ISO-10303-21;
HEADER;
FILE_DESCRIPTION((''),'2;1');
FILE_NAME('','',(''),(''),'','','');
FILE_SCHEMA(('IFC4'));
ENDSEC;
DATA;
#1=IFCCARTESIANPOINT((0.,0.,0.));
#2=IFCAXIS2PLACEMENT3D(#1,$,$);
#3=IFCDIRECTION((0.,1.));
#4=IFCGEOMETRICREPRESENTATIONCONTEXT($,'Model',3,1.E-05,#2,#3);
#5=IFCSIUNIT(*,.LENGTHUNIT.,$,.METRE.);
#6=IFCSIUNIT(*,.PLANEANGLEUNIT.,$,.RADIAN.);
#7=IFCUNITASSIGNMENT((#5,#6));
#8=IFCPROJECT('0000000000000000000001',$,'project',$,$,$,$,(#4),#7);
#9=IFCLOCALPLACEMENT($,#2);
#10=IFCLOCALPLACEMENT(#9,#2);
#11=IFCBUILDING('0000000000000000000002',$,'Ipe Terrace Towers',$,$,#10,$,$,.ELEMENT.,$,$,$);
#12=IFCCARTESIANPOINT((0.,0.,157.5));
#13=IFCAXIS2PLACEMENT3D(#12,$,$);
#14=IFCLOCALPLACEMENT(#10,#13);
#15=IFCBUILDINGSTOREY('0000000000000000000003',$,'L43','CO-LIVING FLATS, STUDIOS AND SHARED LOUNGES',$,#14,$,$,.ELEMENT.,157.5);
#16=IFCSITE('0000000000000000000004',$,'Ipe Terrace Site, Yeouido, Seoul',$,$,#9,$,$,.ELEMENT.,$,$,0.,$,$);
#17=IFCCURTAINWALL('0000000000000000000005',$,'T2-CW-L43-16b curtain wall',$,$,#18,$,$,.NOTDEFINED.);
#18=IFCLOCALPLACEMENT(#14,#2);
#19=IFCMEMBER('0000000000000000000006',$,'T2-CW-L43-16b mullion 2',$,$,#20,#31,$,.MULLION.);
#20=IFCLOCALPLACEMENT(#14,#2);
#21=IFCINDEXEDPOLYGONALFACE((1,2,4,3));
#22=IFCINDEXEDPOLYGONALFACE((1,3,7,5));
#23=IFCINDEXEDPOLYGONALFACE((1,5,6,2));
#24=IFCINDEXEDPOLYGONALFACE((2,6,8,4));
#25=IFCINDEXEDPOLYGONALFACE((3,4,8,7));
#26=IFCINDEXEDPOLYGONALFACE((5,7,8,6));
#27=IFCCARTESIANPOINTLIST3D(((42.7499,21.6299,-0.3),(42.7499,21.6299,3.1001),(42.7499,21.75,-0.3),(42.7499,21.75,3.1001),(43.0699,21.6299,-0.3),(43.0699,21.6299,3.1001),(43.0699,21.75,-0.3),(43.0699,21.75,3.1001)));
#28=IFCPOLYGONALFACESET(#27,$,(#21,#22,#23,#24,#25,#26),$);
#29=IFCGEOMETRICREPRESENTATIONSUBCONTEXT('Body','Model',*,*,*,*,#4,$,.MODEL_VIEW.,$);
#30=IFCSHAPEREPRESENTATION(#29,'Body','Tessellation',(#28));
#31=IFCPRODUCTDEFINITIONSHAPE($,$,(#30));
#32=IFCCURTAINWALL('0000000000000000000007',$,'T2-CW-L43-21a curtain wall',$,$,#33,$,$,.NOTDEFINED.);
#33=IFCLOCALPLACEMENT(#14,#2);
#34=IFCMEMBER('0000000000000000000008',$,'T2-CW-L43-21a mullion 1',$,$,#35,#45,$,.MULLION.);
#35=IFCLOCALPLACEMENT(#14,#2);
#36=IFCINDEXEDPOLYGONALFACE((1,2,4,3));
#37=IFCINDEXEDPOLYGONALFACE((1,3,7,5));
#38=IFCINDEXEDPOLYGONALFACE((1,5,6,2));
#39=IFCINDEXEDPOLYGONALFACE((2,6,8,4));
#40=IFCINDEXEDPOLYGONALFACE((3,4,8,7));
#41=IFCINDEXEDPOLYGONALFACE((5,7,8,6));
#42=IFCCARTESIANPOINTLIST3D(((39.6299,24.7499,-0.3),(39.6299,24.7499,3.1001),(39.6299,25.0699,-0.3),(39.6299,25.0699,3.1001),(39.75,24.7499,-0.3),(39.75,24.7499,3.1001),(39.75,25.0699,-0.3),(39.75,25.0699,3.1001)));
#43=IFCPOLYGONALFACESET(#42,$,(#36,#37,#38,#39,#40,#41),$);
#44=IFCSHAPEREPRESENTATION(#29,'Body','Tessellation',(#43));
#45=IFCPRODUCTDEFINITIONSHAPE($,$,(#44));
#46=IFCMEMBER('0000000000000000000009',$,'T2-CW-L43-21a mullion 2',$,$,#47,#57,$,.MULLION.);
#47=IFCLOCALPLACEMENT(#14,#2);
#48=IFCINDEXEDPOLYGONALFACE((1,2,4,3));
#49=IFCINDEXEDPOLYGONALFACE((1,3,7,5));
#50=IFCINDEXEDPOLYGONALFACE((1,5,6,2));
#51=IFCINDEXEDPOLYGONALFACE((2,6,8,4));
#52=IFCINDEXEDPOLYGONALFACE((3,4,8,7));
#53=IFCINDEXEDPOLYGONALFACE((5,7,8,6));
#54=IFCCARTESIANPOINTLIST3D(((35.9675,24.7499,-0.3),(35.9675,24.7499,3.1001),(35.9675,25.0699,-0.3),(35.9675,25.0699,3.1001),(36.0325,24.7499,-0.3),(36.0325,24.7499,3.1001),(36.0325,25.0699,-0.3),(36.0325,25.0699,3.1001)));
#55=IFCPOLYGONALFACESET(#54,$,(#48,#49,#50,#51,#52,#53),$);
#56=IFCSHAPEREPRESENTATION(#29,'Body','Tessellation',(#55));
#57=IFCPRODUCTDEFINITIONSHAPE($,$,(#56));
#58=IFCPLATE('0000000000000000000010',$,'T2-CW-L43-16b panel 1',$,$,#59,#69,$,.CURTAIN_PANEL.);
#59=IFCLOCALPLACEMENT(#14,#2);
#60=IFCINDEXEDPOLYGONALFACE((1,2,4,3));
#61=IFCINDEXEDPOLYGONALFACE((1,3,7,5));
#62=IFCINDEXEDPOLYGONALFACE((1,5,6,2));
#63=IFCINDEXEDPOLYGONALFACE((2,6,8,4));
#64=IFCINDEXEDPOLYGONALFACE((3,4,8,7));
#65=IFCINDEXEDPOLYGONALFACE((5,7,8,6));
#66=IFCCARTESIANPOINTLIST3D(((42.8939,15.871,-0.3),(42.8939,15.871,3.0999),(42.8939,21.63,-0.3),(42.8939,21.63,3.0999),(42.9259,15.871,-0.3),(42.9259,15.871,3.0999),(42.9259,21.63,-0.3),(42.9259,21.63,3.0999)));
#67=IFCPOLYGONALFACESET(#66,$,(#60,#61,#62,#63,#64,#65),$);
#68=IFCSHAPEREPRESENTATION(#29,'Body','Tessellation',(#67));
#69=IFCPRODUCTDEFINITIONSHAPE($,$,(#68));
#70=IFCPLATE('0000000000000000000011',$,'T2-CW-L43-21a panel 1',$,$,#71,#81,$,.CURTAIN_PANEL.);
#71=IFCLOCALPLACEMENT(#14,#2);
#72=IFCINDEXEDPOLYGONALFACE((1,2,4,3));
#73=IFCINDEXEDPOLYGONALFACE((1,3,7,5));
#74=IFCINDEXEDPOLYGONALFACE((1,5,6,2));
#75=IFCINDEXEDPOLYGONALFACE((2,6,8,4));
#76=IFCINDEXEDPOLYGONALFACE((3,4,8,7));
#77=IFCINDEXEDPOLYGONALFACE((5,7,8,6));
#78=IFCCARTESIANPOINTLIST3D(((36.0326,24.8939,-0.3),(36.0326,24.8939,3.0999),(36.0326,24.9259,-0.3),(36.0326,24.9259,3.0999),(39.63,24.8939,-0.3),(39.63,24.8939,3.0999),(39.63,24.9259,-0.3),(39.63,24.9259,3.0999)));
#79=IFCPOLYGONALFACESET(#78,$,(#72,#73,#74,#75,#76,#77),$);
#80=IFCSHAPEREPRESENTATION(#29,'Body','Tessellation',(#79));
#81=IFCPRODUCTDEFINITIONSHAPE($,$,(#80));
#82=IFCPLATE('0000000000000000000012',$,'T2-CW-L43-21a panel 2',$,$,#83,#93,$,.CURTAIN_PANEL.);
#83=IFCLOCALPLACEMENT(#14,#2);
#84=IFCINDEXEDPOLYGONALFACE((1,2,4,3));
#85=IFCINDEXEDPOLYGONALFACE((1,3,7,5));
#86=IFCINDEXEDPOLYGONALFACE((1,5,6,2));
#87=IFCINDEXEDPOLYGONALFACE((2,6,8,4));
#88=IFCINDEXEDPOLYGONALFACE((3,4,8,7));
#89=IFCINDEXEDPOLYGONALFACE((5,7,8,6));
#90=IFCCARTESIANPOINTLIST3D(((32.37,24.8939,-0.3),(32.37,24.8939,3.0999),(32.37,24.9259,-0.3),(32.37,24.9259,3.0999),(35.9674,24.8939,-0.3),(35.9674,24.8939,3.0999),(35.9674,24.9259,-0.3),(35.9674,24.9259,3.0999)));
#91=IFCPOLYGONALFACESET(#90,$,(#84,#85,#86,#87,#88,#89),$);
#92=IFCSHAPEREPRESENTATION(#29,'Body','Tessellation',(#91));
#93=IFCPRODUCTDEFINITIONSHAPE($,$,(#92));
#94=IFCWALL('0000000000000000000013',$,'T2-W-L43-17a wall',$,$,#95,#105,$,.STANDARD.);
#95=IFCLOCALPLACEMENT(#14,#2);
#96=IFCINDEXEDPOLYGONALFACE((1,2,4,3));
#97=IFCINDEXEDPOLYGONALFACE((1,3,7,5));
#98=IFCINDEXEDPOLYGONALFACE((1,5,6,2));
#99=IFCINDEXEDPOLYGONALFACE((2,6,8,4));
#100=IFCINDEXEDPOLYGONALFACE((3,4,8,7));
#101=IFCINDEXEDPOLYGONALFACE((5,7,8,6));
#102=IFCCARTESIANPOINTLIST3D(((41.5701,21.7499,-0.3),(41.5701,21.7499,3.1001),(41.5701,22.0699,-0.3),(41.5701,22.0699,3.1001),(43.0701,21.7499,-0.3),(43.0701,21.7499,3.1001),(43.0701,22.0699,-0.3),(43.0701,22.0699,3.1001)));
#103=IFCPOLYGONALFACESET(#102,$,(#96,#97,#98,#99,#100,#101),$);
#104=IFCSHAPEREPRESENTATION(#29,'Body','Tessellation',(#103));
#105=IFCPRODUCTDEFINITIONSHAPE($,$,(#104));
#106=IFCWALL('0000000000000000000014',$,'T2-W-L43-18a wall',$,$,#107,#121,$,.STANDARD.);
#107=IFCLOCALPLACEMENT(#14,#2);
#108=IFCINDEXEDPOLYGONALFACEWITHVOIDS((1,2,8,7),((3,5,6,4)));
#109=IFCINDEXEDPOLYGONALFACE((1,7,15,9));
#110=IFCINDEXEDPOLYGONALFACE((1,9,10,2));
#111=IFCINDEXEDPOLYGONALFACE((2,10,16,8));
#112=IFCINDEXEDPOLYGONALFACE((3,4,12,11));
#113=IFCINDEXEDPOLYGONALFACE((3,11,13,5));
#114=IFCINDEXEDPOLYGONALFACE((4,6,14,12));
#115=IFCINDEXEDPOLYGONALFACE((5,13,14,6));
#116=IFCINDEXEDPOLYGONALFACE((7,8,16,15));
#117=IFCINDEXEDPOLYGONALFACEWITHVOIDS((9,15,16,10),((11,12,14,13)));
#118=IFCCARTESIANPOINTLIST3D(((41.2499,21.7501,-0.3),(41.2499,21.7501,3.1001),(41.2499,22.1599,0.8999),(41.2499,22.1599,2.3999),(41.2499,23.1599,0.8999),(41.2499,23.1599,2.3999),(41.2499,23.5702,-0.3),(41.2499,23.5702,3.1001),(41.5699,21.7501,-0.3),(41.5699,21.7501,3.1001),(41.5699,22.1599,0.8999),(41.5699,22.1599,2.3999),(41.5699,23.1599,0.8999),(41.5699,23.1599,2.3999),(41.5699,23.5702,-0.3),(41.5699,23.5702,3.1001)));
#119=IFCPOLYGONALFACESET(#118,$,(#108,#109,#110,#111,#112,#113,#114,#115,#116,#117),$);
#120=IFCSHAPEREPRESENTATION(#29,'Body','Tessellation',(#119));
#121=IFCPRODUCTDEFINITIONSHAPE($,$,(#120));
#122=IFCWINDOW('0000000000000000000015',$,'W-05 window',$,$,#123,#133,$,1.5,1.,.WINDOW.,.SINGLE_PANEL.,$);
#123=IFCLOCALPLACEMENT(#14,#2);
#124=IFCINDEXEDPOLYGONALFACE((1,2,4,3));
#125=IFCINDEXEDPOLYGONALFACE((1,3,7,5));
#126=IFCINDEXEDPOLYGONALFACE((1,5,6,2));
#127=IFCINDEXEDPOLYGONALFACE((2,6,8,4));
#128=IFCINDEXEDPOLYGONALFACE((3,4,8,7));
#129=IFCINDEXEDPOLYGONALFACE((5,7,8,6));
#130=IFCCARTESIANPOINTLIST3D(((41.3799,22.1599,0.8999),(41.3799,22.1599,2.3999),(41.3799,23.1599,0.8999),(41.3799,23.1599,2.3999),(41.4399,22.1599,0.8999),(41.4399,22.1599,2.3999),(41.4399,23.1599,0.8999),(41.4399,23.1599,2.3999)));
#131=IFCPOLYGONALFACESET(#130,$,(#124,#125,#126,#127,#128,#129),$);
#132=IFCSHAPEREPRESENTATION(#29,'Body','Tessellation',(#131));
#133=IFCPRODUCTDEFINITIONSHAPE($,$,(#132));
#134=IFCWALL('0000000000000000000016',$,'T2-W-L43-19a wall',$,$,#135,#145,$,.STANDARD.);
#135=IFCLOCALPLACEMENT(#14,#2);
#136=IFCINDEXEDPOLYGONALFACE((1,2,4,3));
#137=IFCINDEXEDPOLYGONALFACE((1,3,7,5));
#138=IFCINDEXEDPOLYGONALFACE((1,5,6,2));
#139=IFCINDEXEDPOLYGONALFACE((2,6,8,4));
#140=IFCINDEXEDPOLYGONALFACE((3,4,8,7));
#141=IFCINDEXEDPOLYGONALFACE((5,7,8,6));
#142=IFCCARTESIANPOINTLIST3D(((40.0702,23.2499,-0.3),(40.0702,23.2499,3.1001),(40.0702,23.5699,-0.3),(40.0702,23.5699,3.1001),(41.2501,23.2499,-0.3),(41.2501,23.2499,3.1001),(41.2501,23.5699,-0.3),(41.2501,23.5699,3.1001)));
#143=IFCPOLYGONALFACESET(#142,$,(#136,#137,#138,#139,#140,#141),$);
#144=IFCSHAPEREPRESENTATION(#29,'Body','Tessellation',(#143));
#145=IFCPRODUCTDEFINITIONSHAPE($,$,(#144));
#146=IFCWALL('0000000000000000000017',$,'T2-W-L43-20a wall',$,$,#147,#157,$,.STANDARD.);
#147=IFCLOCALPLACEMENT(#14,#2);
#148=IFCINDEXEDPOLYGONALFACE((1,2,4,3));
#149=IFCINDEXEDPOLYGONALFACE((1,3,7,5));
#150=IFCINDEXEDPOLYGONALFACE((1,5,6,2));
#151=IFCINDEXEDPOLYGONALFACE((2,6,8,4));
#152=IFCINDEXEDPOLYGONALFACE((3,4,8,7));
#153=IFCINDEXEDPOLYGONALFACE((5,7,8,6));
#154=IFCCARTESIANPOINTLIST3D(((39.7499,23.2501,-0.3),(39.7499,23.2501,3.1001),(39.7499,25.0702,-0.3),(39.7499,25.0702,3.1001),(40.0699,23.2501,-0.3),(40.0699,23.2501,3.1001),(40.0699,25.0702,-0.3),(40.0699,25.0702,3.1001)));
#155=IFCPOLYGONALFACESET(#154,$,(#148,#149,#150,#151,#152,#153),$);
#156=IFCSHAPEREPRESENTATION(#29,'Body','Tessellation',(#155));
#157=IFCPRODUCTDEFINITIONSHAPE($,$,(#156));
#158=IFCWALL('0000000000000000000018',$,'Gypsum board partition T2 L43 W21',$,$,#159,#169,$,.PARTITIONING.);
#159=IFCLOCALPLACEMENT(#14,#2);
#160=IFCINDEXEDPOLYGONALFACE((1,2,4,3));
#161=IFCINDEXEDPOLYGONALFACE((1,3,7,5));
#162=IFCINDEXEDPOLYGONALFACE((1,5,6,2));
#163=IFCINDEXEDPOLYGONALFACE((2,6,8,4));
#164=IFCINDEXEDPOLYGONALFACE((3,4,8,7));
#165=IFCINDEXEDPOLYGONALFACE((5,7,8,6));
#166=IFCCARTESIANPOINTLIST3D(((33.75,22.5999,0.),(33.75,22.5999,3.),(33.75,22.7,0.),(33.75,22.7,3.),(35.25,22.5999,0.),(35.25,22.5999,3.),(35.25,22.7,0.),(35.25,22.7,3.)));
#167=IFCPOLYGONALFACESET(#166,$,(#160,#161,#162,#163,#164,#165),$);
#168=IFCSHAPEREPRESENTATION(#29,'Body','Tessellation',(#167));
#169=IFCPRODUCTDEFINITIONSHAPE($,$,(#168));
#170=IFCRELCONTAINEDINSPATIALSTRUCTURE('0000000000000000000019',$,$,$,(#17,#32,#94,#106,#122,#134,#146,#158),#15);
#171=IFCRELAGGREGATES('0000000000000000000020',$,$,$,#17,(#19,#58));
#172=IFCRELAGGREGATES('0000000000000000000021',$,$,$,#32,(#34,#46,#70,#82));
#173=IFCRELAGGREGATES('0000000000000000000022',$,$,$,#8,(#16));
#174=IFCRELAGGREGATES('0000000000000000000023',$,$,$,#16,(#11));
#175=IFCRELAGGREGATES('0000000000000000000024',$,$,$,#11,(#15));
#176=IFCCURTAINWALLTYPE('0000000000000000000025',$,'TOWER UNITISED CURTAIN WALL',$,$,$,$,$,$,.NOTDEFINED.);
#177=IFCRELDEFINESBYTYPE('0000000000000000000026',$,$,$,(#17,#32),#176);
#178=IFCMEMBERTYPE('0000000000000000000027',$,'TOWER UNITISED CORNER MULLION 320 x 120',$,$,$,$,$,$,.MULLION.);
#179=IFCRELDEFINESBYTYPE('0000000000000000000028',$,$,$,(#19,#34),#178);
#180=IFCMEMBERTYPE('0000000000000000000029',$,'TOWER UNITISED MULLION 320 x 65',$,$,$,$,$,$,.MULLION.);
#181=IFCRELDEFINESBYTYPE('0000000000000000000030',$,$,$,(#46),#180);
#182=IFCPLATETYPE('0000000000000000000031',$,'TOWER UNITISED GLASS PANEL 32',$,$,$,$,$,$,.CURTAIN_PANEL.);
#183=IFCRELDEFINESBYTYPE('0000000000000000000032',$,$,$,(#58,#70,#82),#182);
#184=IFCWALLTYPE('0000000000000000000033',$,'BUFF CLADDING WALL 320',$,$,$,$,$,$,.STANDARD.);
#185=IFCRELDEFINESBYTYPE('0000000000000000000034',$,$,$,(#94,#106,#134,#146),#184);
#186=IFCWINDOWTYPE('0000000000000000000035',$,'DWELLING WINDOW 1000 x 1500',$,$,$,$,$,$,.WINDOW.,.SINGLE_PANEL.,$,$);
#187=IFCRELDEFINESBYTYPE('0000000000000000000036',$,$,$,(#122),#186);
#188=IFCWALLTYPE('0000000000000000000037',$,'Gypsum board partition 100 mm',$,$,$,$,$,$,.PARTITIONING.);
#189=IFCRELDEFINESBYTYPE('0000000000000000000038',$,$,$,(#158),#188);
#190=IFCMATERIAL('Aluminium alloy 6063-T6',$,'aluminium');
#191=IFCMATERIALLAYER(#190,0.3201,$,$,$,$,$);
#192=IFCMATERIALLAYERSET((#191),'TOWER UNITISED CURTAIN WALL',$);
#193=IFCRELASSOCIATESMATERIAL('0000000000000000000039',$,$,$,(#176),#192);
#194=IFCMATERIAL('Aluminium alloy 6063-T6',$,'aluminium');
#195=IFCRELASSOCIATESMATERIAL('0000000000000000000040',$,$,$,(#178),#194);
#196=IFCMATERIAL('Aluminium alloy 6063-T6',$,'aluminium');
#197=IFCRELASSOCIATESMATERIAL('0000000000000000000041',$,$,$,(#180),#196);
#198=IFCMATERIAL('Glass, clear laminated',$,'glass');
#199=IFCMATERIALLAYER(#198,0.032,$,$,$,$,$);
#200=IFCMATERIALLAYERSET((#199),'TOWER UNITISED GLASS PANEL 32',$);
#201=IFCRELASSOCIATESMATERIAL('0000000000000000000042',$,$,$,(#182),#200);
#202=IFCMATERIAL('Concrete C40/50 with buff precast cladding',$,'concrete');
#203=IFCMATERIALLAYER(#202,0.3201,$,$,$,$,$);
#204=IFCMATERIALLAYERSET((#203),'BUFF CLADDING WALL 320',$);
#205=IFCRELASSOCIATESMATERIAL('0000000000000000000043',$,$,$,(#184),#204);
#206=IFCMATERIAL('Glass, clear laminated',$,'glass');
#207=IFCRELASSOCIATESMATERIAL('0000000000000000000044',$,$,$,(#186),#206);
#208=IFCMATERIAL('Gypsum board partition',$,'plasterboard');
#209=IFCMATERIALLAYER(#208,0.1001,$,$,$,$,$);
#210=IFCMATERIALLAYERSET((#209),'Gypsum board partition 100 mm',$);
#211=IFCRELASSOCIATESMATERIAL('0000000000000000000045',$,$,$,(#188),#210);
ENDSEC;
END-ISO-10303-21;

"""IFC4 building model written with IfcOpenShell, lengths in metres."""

from ifc_helpers import new_model, si_unit, direction, frame, frame_2d, origin, origin_2d, place, context, subcontext, project, spatial, rectangle, extrude, material, layer, layer_set, material_profile, profile_set, type_object, element, fill, aggregate, save


model = new_model("IFC4")

# Units and contexts
model_context = context("Model", 3, precision=1e-05, world=origin(), true_north=direction((0.0, 1.0)))
body_context = subcontext(model_context, "Body", "Model", "MODEL_VIEW")
ifc_project = project(units=[si_unit("LENGTHUNIT", "METRE"), si_unit("PLANEANGLEUNIT", "RADIAN")], contexts=[model_context])

# Site, building, storey
site_placement = place(None, origin())
site = spatial("IfcSite", under=ifc_project, at=site_placement, Name="Ipe Terrace Site, Yeouido, Seoul", CompositionType="ELEMENT", RefElevation=0.0)
building_placement = place(site_placement, origin())
building = spatial("IfcBuilding", under=site, at=building_placement, Name="Ipe Terrace Towers", CompositionType="ELEMENT")
storey_placement = place(building_placement, frame((0.0, 0.0, 157.5)))
storey = spatial("IfcBuildingStorey", under=building, at=storey_placement, Name="L43", Description="CO-LIVING FLATS, STUDIOS AND SHARED LOUNGES", CompositionType="ELEMENT", Elevation=157.5)

# Curtain walls, members
ifc_material_1 = material(Name="Aluminium alloy 6063-T6", Category="aluminium")
ifc_layer_1 = layer(ifc_material_1, 0.3201)
ifc_layer_set_1 = layer_set([ifc_layer_1], Name="TOWER UNITISED CURTAIN WALL")
curtain_wall_type = type_object("IfcCurtainWallType", Name="TOWER UNITISED CURTAIN WALL", PredefinedType="NOTDEFINED", material=ifc_layer_set_1)
curtain_wall_1_placement = place(storey_placement, origin())
curtain_wall_1 = element("IfcCurtainWall", 1, at=curtain_wall_1_placement, inside=storey, type_object=curtain_wall_type, Name="T2-CW-L43-16b curtain wall", PredefinedType="NOTDEFINED")
ifc_material_2 = material(Name="Aluminium alloy 6063-T6", Category="aluminium")
ifc_material_profile_1 = material_profile(ifc_material_2, rectangle(XDim=0.3201, YDim=0.1201, at=origin_2d()), Name="TOWER UNITISED CORNER MULLION 320 x 120")
ifc_profile_set_1 = profile_set([ifc_material_profile_1], Name="Aluminium alloy 6063-T6")
member_type_1 = type_object("IfcMemberType", Name="TOWER UNITISED CORNER MULLION 320 x 120", PredefinedType="MULLION", material=ifc_profile_set_1)
member_1_placement = place(storey_placement, frame((42.9099, 21.6899, -0.3), z_axis=(0.0, 0.0, 1.0), x_axis=(1.0, 0.0, 0.0)))
member_1 = element("IfcMember", 2, at=member_1_placement, type_object=member_type_1, Name="T2-CW-L43-16b mullion 2", PredefinedType="MULLION", context=body_context, shape_type="SweptSolid", body=[
    extrude(rectangle(XDim=0.3201, YDim=0.1201, at=origin_2d()), origin(), (0.0, 0.0, 1.0), 3.4001),
])
curtain_wall_2_placement = place(storey_placement, origin())
curtain_wall_2 = element("IfcCurtainWall", 3, at=curtain_wall_2_placement, inside=storey, type_object=curtain_wall_type, Name="T2-CW-L43-21a curtain wall", PredefinedType="NOTDEFINED")
member_2_placement = place(storey_placement, frame((39.6899, 24.9099, -0.3), z_axis=(0.0, 0.0, 1.0), x_axis=(0.0, 1.0, 0.0)))
member_2 = element("IfcMember", 4, at=member_2_placement, type_object=member_type_1, Name="T2-CW-L43-21a mullion 1", PredefinedType="MULLION", context=body_context, shape_type="SweptSolid", body=[
    extrude(rectangle(XDim=0.3201, YDim=0.1201, at=origin_2d()), origin(), (0.0, 0.0, 1.0), 3.4001),
])
ifc_material_3 = material(Name="Aluminium alloy 6063-T6", Category="aluminium")
ifc_material_profile_2 = material_profile(ifc_material_3, rectangle(XDim=0.3201, YDim=0.0649, at=origin_2d()), Name="TOWER UNITISED MULLION 320 x 65")
ifc_profile_set_2 = profile_set([ifc_material_profile_2], Name="Aluminium alloy 6063-T6")
member_type_2 = type_object("IfcMemberType", Name="TOWER UNITISED MULLION 320 x 65", PredefinedType="MULLION", material=ifc_profile_set_2)
member_3_placement = place(storey_placement, frame((36.0, 24.9099, -0.3), z_axis=(0.0, 0.0, 1.0), x_axis=(0.0, 1.0, 0.0)))
member_3 = element("IfcMember", 5, at=member_3_placement, type_object=member_type_2, Name="T2-CW-L43-21a mullion 2", PredefinedType="MULLION", context=body_context, shape_type="SweptSolid", body=[
    extrude(rectangle(XDim=0.3201, YDim=0.0649, at=origin_2d()), origin(), (0.0, 0.0, 1.0), 3.4001),
])

# Plates
ifc_material_4 = material(Name="Glass, clear laminated", Category="glass")
ifc_layer_2 = layer(ifc_material_4, 0.032)
ifc_layer_set_2 = layer_set([ifc_layer_2], Name="TOWER UNITISED GLASS PANEL 32")
plate_type = type_object("IfcPlateType", Name="TOWER UNITISED GLASS PANEL 32", PredefinedType="CURTAIN_PANEL", material=ifc_layer_set_2)
plate_1_placement = place(storey_placement, frame((42.9099, 18.7505, -0.3), z_axis=(0.0, 0.0, 1.0), x_axis=(0.0, 1.0, 0.0)))
plate_1 = element("IfcPlate", 6, at=plate_1_placement, type_object=plate_type, Name="T2-CW-L43-16b panel 1", PredefinedType="CURTAIN_PANEL", context=body_context, shape_type="SweptSolid", body=[
    extrude(rectangle(XDim=5.759, YDim=0.032, at=origin_2d()), origin(), (0.0, 0.0, 1.0), 3.3999),
])
aggregate(curtain_wall_1, [member_1, plate_1])
plate_2_placement = place(storey_placement, frame((37.8313, 24.9099, -0.3), z_axis=(0.0, 0.0, 1.0), x_axis=(-1.0, 0.0, 0.0)))
plate_2 = element("IfcPlate", 7, at=plate_2_placement, type_object=plate_type, Name="T2-CW-L43-21a panel 1", PredefinedType="CURTAIN_PANEL", context=body_context, shape_type="SweptSolid", body=[
    extrude(rectangle(XDim=3.5974, YDim=0.032, at=origin_2d()), origin(), (0.0, 0.0, 1.0), 3.3999),
])
plate_3_placement = place(storey_placement, frame((34.1687, 24.9099, -0.3), z_axis=(0.0, 0.0, 1.0), x_axis=(-1.0, 0.0, 0.0)))
plate_3 = element("IfcPlate", 8, at=plate_3_placement, type_object=plate_type, Name="T2-CW-L43-21a panel 2", PredefinedType="CURTAIN_PANEL", context=body_context, shape_type="SweptSolid", body=[
    extrude(rectangle(XDim=3.5974, YDim=0.032, at=origin_2d()), origin(), (0.0, 0.0, 1.0), 3.3999),
])
aggregate(curtain_wall_2, [member_2, member_3, plate_2, plate_3])

# Wall
ifc_material_5 = material(Name="Concrete C40/50 with buff precast cladding", Category="concrete")
ifc_layer_3 = layer(ifc_material_5, 0.3201)
ifc_layer_set_3 = layer_set([ifc_layer_3], Name="BUFF CLADDING WALL 320")
wall_type_1 = type_object("IfcWallType", Name="BUFF CLADDING WALL 320", PredefinedType="STANDARD", material=ifc_layer_set_3)
wall_1_placement = place(storey_placement, frame((43.0701, 21.9099, -0.3), z_axis=(0.0, 0.0, 1.0), x_axis=(-1.0, 0.0, 0.0)))
element("IfcWall", 9, at=wall_1_placement, inside=storey, type_object=wall_type_1, Name="T2-W-L43-17a wall", PredefinedType="STANDARD", context=body_context, shape_type="SweptSolid", body=[
    extrude(rectangle(XDim=1.5, YDim=0.3201, at=frame_2d((0.75, 0.0))), origin(), (0.0, 0.0, 1.0), 3.4001),
])

# Wall, opening, window
wall_2_placement = place(storey_placement, frame((41.4099, 21.75, -0.3), z_axis=(0.0, 0.0, 1.0), x_axis=(0.0, 1.0, 0.0)))
wall_2 = element("IfcWall", 10, at=wall_2_placement, inside=storey, type_object=wall_type_1, Name="T2-W-L43-18a wall", PredefinedType="STANDARD", context=body_context, shape_type="SweptSolid", body=[
    extrude(rectangle(XDim=1.8201, YDim=0.3201, at=frame_2d((0.9102, 0.0))), origin(), (0.0, 0.0, 1.0), 3.4001),
])
opening_1_placement = place(wall_2_placement, frame((0.4099, 0.0, 1.2)))
opening_1 = element("IfcOpeningElement", 11, at=opening_1_placement, cuts=wall_2, PredefinedType="OPENING", context=body_context, shape_type="SweptSolid", body=[
    extrude(rectangle(XDim=1.0, YDim=1.5, at=frame_2d((0.5, 0.75))), frame((0.0, 0.1699, 0.0), z_axis=(0.0, -1.0, 0.0), x_axis=(1.0, 0.0, 0.0)), (0.0, 0.0, 1.0), 0.3401),
])
ifc_material_6 = material(Name="Glass, clear laminated", Category="glass")
window_type = type_object("IfcWindowType", Name="DWELLING WINDOW 1000 x 1500", PartitioningType="SINGLE_PANEL", PredefinedType="WINDOW", material=ifc_material_6)
window_placement = place(opening_1_placement, origin())
window = element("IfcWindow", 12, at=window_placement, inside=storey, type_object=window_type, Name="W-05 window", OverallHeight=1.5, OverallWidth=1.0, PartitioningType="SINGLE_PANEL", PredefinedType="WINDOW", context=body_context, shape_type="SweptSolid", body=[
    extrude(rectangle(XDim=1.0, YDim=1.5, at=frame_2d((0.5, 0.75))), frame((0.0, 0.03, 0.0), z_axis=(0.0, -1.0, 0.0), x_axis=(1.0, 0.0, 0.0)), (0.0, 0.0, 1.0), 0.0601),
])
fill(opening_1, window)

# Walls
wall_3_placement = place(storey_placement, frame((41.25, 23.4099, -0.3), z_axis=(0.0, 0.0, 1.0), x_axis=(-1.0, 0.0, 0.0)))
element("IfcWall", 13, at=wall_3_placement, inside=storey, type_object=wall_type_1, Name="T2-W-L43-19a wall", PredefinedType="STANDARD", context=body_context, shape_type="SweptSolid", body=[
    extrude(rectangle(XDim=1.1799, YDim=0.3201, at=frame_2d((0.5898, 0.0))), origin(), (0.0, 0.0, 1.0), 3.4001),
])
wall_4_placement = place(storey_placement, frame((39.9099, 23.25, -0.3), z_axis=(0.0, 0.0, 1.0), x_axis=(0.0, 1.0, 0.0)))
element("IfcWall", 14, at=wall_4_placement, inside=storey, type_object=wall_type_1, Name="T2-W-L43-20a wall", PredefinedType="STANDARD", context=body_context, shape_type="SweptSolid", body=[
    extrude(rectangle(XDim=1.8201, YDim=0.3201, at=frame_2d((0.9102, 0.0))), origin(), (0.0, 0.0, 1.0), 3.4001),
])
ifc_material_7 = material(Name="Gypsum board partition", Category="plasterboard")
ifc_layer_4 = layer(ifc_material_7, 0.1001)
ifc_layer_set_4 = layer_set([ifc_layer_4], Name="Gypsum board partition 100 mm")
wall_type_2 = type_object("IfcWallType", Name="Gypsum board partition 100 mm", PredefinedType="PARTITIONING", material=ifc_layer_set_4)
wall_5_placement = place(storey_placement, frame((35.25, 22.6499, 0.0), z_axis=(0.0, 0.0, 1.0), x_axis=(-1.0, 0.0, 0.0)))
element("IfcWall", 15, at=wall_5_placement, inside=storey, type_object=wall_type_2, Name="Gypsum board partition T2 L43 W21", PredefinedType="PARTITIONING", context=body_context, shape_type="SweptSolid", body=[
    extrude(rectangle(XDim=1.5, YDim=0.1001, at=frame_2d((0.75, 0.0))), origin(), (0.0, 0.0, 1.0), 3.0),
])

save(model, "model.ifc")
